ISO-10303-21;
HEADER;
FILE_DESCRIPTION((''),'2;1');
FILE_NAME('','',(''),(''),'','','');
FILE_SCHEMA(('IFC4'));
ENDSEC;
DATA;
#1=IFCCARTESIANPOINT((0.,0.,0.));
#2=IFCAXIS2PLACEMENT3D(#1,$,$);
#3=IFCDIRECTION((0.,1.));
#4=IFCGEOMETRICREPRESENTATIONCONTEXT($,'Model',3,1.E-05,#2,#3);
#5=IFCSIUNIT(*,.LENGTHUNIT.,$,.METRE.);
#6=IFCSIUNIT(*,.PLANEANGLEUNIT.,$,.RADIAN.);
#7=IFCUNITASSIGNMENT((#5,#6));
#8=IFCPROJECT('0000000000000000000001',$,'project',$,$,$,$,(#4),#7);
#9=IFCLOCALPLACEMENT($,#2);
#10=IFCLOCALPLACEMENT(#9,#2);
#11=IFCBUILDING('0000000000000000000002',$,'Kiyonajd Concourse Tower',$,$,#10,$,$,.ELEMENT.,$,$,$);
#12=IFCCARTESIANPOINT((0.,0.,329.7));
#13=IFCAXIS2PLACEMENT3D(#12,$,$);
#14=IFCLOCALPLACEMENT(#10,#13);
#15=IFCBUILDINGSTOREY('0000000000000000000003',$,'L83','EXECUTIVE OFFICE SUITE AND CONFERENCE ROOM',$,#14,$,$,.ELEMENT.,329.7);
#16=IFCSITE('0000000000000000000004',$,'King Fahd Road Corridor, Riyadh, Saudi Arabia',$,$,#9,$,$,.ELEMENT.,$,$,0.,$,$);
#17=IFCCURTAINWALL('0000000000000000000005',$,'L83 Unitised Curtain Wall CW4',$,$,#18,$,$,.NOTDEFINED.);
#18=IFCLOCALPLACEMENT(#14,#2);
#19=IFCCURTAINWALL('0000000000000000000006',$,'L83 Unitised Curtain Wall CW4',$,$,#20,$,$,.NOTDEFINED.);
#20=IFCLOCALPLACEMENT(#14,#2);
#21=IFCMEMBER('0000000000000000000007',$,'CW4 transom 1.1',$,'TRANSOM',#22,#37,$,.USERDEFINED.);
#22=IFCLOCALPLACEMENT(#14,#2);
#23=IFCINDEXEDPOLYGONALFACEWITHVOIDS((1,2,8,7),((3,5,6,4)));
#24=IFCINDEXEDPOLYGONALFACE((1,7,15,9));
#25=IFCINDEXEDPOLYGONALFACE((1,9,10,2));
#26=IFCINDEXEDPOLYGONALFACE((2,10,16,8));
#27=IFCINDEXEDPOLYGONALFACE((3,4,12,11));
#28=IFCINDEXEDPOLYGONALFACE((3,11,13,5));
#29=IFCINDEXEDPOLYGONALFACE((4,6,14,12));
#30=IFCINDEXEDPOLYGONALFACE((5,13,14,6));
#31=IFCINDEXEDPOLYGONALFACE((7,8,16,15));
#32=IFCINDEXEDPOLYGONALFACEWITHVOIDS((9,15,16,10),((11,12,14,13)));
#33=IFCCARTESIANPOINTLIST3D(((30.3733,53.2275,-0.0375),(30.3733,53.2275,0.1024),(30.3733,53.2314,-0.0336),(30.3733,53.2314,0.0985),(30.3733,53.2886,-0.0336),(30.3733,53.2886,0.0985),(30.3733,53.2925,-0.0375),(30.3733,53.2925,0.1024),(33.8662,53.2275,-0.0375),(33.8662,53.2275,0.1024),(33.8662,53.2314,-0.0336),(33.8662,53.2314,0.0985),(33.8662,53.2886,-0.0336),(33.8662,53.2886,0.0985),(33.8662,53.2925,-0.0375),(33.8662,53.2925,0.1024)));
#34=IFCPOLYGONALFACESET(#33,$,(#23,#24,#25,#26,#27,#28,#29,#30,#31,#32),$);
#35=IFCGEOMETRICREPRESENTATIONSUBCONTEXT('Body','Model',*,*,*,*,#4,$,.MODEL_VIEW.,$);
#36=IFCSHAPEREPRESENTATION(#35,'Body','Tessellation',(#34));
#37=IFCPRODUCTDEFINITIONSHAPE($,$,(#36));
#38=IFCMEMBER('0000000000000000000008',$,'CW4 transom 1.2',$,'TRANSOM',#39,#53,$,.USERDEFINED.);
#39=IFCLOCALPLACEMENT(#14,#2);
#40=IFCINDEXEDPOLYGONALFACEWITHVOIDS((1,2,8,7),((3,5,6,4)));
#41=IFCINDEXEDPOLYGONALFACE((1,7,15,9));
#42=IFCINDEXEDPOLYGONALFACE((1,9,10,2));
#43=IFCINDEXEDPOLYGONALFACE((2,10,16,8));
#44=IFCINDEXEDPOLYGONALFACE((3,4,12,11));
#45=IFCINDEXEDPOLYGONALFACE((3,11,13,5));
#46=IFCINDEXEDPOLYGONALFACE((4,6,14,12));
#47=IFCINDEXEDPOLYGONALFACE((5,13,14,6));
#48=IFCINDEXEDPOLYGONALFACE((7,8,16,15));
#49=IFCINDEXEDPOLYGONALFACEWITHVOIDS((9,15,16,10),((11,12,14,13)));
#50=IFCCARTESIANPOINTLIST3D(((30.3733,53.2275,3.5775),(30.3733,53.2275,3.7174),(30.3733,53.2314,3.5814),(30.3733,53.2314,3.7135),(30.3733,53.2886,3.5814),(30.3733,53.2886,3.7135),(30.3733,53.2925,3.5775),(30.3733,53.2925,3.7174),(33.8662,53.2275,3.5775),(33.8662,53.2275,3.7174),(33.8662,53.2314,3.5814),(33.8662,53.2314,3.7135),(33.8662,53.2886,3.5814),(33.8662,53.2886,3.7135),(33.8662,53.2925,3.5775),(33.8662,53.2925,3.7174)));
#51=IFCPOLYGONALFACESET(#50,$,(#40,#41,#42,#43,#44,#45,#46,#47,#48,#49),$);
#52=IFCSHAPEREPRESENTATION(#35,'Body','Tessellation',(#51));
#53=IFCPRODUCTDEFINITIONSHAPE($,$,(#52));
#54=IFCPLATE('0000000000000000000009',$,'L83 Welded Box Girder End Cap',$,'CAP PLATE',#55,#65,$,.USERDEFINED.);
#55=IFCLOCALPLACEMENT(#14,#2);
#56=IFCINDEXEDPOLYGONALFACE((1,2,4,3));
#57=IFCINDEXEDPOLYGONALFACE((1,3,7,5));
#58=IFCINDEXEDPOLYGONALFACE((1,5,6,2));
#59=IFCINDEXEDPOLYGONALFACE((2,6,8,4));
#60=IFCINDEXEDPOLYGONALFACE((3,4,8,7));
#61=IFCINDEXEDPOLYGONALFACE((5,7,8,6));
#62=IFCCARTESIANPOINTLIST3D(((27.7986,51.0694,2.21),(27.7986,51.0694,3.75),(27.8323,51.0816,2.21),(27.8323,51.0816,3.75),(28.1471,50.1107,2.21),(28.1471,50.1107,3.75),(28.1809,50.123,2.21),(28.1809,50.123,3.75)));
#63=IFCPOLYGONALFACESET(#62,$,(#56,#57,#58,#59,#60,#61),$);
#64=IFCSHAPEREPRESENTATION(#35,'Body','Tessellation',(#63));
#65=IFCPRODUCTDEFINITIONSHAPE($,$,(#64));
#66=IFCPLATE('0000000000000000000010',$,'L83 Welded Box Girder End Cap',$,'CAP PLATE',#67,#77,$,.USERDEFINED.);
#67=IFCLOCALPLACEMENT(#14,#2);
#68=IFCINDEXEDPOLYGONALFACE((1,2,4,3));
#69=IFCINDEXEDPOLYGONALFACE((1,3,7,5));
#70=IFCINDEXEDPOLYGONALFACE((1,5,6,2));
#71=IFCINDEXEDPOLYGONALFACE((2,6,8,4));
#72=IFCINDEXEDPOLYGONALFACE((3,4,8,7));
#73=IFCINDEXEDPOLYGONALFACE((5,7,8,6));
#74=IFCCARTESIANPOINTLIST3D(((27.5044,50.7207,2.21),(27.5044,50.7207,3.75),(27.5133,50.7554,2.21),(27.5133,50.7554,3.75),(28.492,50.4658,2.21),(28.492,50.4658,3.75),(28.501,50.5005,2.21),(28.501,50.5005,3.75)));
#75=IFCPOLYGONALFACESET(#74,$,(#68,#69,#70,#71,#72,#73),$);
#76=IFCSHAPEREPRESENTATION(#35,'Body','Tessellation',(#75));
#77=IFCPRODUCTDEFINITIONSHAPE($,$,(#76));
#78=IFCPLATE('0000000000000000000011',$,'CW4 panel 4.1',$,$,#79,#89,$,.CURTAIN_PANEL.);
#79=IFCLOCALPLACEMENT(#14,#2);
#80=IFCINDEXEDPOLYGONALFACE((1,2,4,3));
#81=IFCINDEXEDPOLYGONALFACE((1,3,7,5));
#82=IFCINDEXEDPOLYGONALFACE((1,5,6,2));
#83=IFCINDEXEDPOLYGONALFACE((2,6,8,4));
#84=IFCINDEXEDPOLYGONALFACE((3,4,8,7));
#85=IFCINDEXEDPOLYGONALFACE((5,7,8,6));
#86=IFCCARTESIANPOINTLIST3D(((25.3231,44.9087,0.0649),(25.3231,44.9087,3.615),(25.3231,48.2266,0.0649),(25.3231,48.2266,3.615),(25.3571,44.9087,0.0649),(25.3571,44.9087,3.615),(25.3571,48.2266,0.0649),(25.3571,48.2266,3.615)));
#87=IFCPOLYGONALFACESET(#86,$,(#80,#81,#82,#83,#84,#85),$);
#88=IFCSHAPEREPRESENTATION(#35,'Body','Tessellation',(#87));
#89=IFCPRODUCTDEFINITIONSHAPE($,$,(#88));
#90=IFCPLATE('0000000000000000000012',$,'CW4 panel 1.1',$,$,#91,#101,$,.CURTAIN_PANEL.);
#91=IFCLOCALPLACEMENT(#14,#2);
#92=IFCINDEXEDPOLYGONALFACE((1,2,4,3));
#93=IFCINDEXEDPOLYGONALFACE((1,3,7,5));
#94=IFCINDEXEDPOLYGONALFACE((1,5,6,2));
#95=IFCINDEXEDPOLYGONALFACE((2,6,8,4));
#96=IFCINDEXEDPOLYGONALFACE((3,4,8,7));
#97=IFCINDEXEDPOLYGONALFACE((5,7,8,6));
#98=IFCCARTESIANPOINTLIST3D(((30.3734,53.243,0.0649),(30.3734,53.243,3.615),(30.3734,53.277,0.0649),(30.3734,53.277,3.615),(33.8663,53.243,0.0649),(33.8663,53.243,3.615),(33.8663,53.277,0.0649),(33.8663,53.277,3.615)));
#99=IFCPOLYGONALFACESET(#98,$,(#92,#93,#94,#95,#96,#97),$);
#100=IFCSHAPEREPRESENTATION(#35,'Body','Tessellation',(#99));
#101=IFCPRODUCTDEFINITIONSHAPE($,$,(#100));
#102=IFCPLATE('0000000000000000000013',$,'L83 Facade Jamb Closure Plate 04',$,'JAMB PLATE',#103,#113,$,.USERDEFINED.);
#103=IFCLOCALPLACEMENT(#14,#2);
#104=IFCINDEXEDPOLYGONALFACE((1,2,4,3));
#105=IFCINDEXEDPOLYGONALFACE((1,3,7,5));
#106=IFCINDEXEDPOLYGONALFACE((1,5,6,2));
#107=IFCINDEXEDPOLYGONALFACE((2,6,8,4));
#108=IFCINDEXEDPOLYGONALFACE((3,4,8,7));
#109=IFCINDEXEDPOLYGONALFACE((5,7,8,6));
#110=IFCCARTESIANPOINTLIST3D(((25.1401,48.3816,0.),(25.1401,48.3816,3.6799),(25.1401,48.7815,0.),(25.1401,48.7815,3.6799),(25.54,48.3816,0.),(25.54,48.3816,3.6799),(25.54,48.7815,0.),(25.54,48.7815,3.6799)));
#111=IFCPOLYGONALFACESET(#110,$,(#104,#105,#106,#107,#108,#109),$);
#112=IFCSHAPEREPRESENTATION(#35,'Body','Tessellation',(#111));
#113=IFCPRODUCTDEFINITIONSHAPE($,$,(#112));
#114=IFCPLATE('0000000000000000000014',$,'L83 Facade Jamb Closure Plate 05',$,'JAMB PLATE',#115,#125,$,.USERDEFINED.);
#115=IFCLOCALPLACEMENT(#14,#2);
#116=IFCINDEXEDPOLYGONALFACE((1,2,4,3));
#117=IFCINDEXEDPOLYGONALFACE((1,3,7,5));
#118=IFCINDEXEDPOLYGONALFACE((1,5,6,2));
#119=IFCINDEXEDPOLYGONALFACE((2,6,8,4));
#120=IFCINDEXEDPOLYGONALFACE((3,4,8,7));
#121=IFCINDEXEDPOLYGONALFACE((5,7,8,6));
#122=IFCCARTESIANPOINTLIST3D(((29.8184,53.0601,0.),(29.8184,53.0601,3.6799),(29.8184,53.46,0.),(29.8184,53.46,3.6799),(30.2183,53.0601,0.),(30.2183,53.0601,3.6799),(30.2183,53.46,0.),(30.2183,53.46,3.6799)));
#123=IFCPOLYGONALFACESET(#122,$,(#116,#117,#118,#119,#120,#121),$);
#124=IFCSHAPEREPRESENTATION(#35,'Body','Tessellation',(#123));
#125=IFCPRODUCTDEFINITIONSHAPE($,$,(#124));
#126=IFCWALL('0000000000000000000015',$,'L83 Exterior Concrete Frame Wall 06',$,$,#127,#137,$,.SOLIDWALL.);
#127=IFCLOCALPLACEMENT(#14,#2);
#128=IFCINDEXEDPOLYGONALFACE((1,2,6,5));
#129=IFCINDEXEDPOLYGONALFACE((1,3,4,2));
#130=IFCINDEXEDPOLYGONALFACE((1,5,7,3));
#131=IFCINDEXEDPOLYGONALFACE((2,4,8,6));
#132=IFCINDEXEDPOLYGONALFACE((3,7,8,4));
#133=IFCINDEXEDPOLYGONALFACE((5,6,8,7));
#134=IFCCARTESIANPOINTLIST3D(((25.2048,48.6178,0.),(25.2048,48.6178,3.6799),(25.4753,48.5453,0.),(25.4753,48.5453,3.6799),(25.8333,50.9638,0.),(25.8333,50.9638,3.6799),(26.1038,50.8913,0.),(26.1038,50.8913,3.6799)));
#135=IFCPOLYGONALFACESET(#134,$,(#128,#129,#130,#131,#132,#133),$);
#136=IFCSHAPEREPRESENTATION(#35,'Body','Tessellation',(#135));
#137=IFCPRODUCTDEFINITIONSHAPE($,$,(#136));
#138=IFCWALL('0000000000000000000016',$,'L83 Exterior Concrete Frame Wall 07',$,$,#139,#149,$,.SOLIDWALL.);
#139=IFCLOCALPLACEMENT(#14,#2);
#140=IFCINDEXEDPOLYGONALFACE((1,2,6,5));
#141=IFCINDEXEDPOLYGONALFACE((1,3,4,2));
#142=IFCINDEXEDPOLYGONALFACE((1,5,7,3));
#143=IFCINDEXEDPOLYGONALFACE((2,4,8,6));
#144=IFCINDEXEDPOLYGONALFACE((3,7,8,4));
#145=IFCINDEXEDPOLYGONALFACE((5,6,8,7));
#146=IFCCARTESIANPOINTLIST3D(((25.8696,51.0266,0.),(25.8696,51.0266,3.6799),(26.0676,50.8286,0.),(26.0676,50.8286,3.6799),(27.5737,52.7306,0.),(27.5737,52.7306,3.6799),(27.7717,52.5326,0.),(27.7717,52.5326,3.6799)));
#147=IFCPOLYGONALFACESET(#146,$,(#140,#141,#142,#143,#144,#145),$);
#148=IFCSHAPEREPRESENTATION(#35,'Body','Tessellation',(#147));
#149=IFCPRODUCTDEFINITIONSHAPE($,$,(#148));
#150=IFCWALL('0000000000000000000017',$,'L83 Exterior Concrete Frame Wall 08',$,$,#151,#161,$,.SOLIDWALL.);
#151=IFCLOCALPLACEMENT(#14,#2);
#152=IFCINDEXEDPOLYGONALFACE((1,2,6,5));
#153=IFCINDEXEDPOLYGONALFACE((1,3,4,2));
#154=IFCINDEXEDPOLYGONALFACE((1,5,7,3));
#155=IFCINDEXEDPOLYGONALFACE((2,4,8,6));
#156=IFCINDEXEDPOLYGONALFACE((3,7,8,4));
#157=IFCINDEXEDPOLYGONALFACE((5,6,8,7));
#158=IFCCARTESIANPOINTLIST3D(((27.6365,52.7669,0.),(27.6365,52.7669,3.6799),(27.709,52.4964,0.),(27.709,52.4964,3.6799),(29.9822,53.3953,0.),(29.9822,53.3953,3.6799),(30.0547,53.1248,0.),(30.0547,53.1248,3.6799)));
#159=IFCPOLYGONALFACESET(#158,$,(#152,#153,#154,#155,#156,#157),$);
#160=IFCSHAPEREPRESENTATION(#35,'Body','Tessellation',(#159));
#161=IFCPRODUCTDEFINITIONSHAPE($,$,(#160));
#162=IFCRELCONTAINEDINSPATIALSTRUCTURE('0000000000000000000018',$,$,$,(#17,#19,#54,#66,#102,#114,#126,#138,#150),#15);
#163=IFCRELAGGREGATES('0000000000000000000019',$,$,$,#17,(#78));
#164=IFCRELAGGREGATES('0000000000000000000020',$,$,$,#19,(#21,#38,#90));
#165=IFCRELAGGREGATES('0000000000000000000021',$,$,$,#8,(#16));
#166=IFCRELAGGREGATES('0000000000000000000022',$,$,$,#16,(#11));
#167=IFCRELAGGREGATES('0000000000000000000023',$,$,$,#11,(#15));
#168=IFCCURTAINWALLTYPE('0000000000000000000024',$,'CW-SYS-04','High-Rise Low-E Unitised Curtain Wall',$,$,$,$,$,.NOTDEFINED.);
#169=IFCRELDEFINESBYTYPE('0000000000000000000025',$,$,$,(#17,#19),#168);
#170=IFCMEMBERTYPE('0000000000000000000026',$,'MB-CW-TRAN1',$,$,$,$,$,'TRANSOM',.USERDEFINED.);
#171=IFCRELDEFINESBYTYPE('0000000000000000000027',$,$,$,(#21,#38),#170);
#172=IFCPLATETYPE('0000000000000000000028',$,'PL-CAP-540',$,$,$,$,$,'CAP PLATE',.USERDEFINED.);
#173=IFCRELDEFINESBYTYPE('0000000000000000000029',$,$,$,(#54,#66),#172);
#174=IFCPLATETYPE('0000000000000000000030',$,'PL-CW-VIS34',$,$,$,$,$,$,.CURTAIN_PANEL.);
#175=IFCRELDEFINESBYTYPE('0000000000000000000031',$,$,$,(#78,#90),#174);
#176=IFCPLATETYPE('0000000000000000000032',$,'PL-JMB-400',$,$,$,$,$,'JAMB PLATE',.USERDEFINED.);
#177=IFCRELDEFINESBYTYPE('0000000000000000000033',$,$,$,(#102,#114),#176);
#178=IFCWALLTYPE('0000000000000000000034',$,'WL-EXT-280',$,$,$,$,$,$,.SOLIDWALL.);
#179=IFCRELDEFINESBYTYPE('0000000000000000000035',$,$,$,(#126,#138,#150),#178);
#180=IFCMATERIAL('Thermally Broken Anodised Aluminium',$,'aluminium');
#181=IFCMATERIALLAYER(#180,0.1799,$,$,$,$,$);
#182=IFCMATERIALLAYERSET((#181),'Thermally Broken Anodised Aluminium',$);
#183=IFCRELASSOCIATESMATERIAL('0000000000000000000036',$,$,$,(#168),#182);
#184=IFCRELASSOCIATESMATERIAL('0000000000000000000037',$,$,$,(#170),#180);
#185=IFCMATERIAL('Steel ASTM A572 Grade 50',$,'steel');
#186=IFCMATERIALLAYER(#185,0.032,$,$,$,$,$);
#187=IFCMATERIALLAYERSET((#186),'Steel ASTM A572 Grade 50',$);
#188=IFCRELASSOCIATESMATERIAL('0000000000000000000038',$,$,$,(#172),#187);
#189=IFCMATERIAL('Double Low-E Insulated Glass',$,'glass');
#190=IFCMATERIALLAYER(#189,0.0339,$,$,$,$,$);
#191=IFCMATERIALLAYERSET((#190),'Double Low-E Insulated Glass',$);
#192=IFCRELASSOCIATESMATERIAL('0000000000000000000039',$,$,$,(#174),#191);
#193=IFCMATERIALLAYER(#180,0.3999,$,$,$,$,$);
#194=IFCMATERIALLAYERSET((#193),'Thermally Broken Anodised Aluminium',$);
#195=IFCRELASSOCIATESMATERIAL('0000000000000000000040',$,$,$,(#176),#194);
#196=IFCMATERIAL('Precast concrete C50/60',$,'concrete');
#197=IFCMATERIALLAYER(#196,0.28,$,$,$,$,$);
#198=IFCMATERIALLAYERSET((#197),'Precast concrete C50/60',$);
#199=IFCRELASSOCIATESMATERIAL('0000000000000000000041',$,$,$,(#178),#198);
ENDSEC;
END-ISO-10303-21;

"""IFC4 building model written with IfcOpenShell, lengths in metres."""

from ifc_helpers import new_model, si_unit, direction, frame, frame_2d, origin, origin_2d, place, context, subcontext, project, spatial, rectangle, hollow_rectangle, extrude, material, layer, layer_set, material_profile, profile_set, type_object, element, aggregate, save


model = new_model("IFC4")

# Units and contexts
model_context = context("Model", 3, precision=1e-05, world=origin(), true_north=direction((0.0, 1.0)))
body_context = subcontext(model_context, "Body", "Model", "MODEL_VIEW")
ifc_project = project(units=[si_unit("LENGTHUNIT", "METRE"), si_unit("PLANEANGLEUNIT", "RADIAN")], contexts=[model_context])

# Site, building, storey
site_placement = place(None, origin())
site = spatial("IfcSite", under=ifc_project, at=site_placement, Name="King Fahd Road Corridor, Riyadh, Saudi Arabia", CompositionType="ELEMENT", RefElevation=0.0)
building_placement = place(site_placement, origin())
building = spatial("IfcBuilding", under=site, at=building_placement, Name="Kiyonajd Concourse Tower", CompositionType="ELEMENT")
storey_placement = place(building_placement, frame((0.0, 0.0, 329.7)))
storey = spatial("IfcBuildingStorey", under=building, at=storey_placement, Name="L83", Description="EXECUTIVE OFFICE SUITE AND CONFERENCE ROOM", CompositionType="ELEMENT", Elevation=329.7)

# Shared definitions
ifc_material_1 = material(Name="Steel ASTM A572 Grade 50", Category="steel")

# Curtain wall
ifc_material_2 = material(Name="Thermally Broken Anodised Aluminium", Category="aluminium")
ifc_layer_1 = layer(ifc_material_2, 0.1799)
ifc_layer_set_1 = layer_set([ifc_layer_1], Name="Thermally Broken Anodised Aluminium")
curtain_wall_type = type_object("IfcCurtainWallType", Name="CW-SYS-04", Description="High-Rise Low-E Unitised Curtain Wall", PredefinedType="NOTDEFINED", material=ifc_layer_set_1)
curtain_wall_1_placement = place(storey_placement, origin())
curtain_wall_1 = element("IfcCurtainWall", 1, at=curtain_wall_1_placement, inside=storey, type_object=curtain_wall_type, Name="L83 Unitised Curtain Wall CW4", PredefinedType="NOTDEFINED")

# Curtain wall
curtain_wall_2_placement = place(storey_placement, origin())
curtain_wall_2 = element("IfcCurtainWall", 2, at=curtain_wall_2_placement, inside=storey, type_object=curtain_wall_type, Name="L83 Unitised Curtain Wall CW4", PredefinedType="NOTDEFINED")

# Members
ifc_material_profile_1 = material_profile(ifc_material_2, hollow_rectangle(XDim=0.0649, YDim=0.1399, WallThickness=0.0039, at=origin_2d()), Name="TRAN-65x140")
ifc_profile_set_1 = profile_set([ifc_material_profile_1], Name="Thermally Broken Anodised Aluminium")
member_type_1 = type_object("IfcMemberType", Name="MB-CW-TRAN1", ElementType="TRANSOM", PredefinedType="USERDEFINED", material=ifc_profile_set_1)
member_1_placement = place(storey_placement, frame((30.3733, 53.26, 0.0325), z_axis=(1.0, 0.0, 0.0), x_axis=(0.0, 1.0, 0.0)))
member_1 = element("IfcMember", 3, at=member_1_placement, type_object=member_type_1, Name="CW4 transom 1.1", ObjectType="TRANSOM", PredefinedType="USERDEFINED", context=body_context, shape_type="SweptSolid", body=[
    extrude(hollow_rectangle(XDim=0.0649, YDim=0.1399, WallThickness=0.0039, at=origin_2d()), origin(), (0.0, 0.0, 1.0), 3.4929),
])
member_2_placement = place(storey_placement, frame((30.3733, 53.26, 3.6475), z_axis=(1.0, 0.0, 0.0), x_axis=(0.0, 1.0, 0.0)))
member_2 = element("IfcMember", 4, at=member_2_placement, type_object=member_type_1, Name="CW4 transom 1.2", ObjectType="TRANSOM", PredefinedType="USERDEFINED", context=body_context, shape_type="SweptSolid", body=[
    extrude(hollow_rectangle(XDim=0.0649, YDim=0.1399, WallThickness=0.0039, at=origin_2d()), origin(), (0.0, 0.0, 1.0), 3.4929),
])

# Plates
ifc_layer_2 = layer(ifc_material_1, 0.032)
ifc_layer_set_2 = layer_set([ifc_layer_2], Name="Steel ASTM A572 Grade 50")
plate_type_1 = type_object("IfcPlateType", Name="PL-CAP-540", ElementType="CAP PLATE", PredefinedType="USERDEFINED", material=ifc_layer_set_2)
for number, where, z_axis, x_axis, name in (
    (5, (27.9897, 50.5962, 2.21), (0.0, 0.0, 1.0), (-0.939812, -0.341692, 0.0), "L83 Welded Box Girder End Cap"),
    (6, (28.0027, 50.6106, 2.21), (0.0, 0.0, 1.0), (0.249873, 0.968279, 0.0), "L83 Welded Box Girder End Cap"),
):
    element("IfcPlate", number, at=place(storey_placement, frame(where, z_axis=z_axis, x_axis=x_axis)), inside=storey, type_object=plate_type_1, Name=name, ObjectType="CAP PLATE", PredefinedType="USERDEFINED", context=body_context, shape_type="SweptSolid", body=[
        extrude(rectangle(XDim=0.0359, YDim=1.02, at=origin_2d()), origin(), (0.0, 0.0, 1.0), 1.54),
    ])

# Plates
ifc_material_3 = material(Name="Double Low-E Insulated Glass", Category="glass")
ifc_layer_3 = layer(ifc_material_3, 0.0339)
ifc_layer_set_3 = layer_set([ifc_layer_3], Name="Double Low-E Insulated Glass")
plate_type_2 = type_object("IfcPlateType", Name="PL-CW-VIS34", PredefinedType="CURTAIN_PANEL", material=ifc_layer_set_3)
plate_1_placement = place(storey_placement, frame((25.3401, 46.5676, 0.0649), z_axis=(0.0, 0.0, 1.0), x_axis=(0.0, 1.0, 0.0)))
plate_1 = element("IfcPlate", 7, at=plate_1_placement, type_object=plate_type_2, Name="CW4 panel 4.1", PredefinedType="CURTAIN_PANEL", context=body_context, shape_type="SweptSolid", body=[
    extrude(rectangle(XDim=3.3179, YDim=0.0339, at=origin_2d()), origin(), (0.0, 0.0, 1.0), 3.55),
])
aggregate(curtain_wall_1, [plate_1])
plate_2_placement = place(storey_placement, frame((32.1199, 53.26, 0.0649), z_axis=(0.0, 0.0, 1.0), x_axis=(1.0, 0.0, 0.0)))
plate_2 = element("IfcPlate", 8, at=plate_2_placement, type_object=plate_type_2, Name="CW4 panel 1.1", PredefinedType="CURTAIN_PANEL", context=body_context, shape_type="SweptSolid", body=[
    extrude(rectangle(XDim=3.4929, YDim=0.0339, at=origin_2d()), origin(), (0.0, 0.0, 1.0), 3.55),
])
aggregate(curtain_wall_2, [member_1, member_2, plate_2])

# Plates
ifc_layer_4 = layer(ifc_material_2, 0.3999)
ifc_layer_set_4 = layer_set([ifc_layer_4], Name="Thermally Broken Anodised Aluminium")
plate_type_3 = type_object("IfcPlateType", Name="PL-JMB-400", ElementType="JAMB PLATE", PredefinedType="USERDEFINED", material=ifc_layer_set_4)
for number, where, z_axis, x_axis, name in (
    (9, (25.3401, 48.5815, 0.0), (0.0, 0.0, 1.0), (1.0, 0.0, 0.0), "L83 Facade Jamb Closure Plate 04"),
    (10, (30.0183, 53.26, 0.0), (0.0, 0.0, 1.0), (1.0, 0.0, 0.0), "L83 Facade Jamb Closure Plate 05"),
):
    element("IfcPlate", number, at=place(storey_placement, frame(where, z_axis=z_axis, x_axis=x_axis)), inside=storey, type_object=plate_type_3, Name=name, ObjectType="JAMB PLATE", PredefinedType="USERDEFINED", context=body_context, shape_type="SweptSolid", body=[
        extrude(rectangle(XDim=0.3999, YDim=0.3999, at=origin_2d()), origin(), (0.0, 0.0, 1.0), 3.6799),
    ])

# Walls
ifc_material_4 = material(Name="Precast concrete C50/60", Category="concrete")
ifc_layer_5 = layer(ifc_material_4, 0.28)
ifc_layer_set_5 = layer_set([ifc_layer_5], Name="Precast concrete C50/60")
wall_type_1 = type_object("IfcWallType", Name="WL-EXT-280", PredefinedType="SOLIDWALL", material=ifc_layer_set_5)
wall_1_placement = place(storey_placement, frame((25.3401, 48.5815, 0.0), z_axis=(0.0, 0.0, 1.0), x_axis=(0.258751, 0.965944, 0.0)))
element("IfcWall", 11, at=wall_1_placement, inside=storey, type_object=wall_type_1, Name="L83 Exterior Concrete Frame Wall 06", PredefinedType="SOLIDWALL", context=body_context, shape_type="SweptSolid", body=[
    extrude(rectangle(XDim=2.4287, YDim=0.28, at=frame_2d((1.2144, 0.0))), origin(), (0.0, 0.0, 1.0), 3.6799),
])
wall_2_placement = place(storey_placement, frame((25.9685, 50.9275, 0.0), z_axis=(0.0, 0.0, 1.0), x_axis=(0.707107, 0.707107, 0.0)))
element("IfcWall", 12, at=wall_2_placement, inside=storey, type_object=wall_type_1, Name="L83 Exterior Concrete Frame Wall 07", PredefinedType="SOLIDWALL", context=body_context, shape_type="SweptSolid", body=[
    extrude(rectangle(XDim=2.4099, YDim=0.28, at=frame_2d((1.2051, 0.0))), origin(), (0.0, 0.0, 1.0), 3.6799),
])
wall_3_placement = place(storey_placement, frame((27.6726, 52.6316, 0.0), z_axis=(0.0, 0.0, 1.0), x_axis=(0.965937, 0.258776, 0.0)))
element("IfcWall", 13, at=wall_3_placement, inside=storey, type_object=wall_type_1, Name="L83 Exterior Concrete Frame Wall 08", PredefinedType="SOLIDWALL", context=body_context, shape_type="SweptSolid", body=[
    extrude(rectangle(XDim=2.4285, YDim=0.28, at=frame_2d((1.2144, 0.0))), origin(), (0.0, 0.0, 1.0), 3.6799),
])

save(model, "model.ifc")
